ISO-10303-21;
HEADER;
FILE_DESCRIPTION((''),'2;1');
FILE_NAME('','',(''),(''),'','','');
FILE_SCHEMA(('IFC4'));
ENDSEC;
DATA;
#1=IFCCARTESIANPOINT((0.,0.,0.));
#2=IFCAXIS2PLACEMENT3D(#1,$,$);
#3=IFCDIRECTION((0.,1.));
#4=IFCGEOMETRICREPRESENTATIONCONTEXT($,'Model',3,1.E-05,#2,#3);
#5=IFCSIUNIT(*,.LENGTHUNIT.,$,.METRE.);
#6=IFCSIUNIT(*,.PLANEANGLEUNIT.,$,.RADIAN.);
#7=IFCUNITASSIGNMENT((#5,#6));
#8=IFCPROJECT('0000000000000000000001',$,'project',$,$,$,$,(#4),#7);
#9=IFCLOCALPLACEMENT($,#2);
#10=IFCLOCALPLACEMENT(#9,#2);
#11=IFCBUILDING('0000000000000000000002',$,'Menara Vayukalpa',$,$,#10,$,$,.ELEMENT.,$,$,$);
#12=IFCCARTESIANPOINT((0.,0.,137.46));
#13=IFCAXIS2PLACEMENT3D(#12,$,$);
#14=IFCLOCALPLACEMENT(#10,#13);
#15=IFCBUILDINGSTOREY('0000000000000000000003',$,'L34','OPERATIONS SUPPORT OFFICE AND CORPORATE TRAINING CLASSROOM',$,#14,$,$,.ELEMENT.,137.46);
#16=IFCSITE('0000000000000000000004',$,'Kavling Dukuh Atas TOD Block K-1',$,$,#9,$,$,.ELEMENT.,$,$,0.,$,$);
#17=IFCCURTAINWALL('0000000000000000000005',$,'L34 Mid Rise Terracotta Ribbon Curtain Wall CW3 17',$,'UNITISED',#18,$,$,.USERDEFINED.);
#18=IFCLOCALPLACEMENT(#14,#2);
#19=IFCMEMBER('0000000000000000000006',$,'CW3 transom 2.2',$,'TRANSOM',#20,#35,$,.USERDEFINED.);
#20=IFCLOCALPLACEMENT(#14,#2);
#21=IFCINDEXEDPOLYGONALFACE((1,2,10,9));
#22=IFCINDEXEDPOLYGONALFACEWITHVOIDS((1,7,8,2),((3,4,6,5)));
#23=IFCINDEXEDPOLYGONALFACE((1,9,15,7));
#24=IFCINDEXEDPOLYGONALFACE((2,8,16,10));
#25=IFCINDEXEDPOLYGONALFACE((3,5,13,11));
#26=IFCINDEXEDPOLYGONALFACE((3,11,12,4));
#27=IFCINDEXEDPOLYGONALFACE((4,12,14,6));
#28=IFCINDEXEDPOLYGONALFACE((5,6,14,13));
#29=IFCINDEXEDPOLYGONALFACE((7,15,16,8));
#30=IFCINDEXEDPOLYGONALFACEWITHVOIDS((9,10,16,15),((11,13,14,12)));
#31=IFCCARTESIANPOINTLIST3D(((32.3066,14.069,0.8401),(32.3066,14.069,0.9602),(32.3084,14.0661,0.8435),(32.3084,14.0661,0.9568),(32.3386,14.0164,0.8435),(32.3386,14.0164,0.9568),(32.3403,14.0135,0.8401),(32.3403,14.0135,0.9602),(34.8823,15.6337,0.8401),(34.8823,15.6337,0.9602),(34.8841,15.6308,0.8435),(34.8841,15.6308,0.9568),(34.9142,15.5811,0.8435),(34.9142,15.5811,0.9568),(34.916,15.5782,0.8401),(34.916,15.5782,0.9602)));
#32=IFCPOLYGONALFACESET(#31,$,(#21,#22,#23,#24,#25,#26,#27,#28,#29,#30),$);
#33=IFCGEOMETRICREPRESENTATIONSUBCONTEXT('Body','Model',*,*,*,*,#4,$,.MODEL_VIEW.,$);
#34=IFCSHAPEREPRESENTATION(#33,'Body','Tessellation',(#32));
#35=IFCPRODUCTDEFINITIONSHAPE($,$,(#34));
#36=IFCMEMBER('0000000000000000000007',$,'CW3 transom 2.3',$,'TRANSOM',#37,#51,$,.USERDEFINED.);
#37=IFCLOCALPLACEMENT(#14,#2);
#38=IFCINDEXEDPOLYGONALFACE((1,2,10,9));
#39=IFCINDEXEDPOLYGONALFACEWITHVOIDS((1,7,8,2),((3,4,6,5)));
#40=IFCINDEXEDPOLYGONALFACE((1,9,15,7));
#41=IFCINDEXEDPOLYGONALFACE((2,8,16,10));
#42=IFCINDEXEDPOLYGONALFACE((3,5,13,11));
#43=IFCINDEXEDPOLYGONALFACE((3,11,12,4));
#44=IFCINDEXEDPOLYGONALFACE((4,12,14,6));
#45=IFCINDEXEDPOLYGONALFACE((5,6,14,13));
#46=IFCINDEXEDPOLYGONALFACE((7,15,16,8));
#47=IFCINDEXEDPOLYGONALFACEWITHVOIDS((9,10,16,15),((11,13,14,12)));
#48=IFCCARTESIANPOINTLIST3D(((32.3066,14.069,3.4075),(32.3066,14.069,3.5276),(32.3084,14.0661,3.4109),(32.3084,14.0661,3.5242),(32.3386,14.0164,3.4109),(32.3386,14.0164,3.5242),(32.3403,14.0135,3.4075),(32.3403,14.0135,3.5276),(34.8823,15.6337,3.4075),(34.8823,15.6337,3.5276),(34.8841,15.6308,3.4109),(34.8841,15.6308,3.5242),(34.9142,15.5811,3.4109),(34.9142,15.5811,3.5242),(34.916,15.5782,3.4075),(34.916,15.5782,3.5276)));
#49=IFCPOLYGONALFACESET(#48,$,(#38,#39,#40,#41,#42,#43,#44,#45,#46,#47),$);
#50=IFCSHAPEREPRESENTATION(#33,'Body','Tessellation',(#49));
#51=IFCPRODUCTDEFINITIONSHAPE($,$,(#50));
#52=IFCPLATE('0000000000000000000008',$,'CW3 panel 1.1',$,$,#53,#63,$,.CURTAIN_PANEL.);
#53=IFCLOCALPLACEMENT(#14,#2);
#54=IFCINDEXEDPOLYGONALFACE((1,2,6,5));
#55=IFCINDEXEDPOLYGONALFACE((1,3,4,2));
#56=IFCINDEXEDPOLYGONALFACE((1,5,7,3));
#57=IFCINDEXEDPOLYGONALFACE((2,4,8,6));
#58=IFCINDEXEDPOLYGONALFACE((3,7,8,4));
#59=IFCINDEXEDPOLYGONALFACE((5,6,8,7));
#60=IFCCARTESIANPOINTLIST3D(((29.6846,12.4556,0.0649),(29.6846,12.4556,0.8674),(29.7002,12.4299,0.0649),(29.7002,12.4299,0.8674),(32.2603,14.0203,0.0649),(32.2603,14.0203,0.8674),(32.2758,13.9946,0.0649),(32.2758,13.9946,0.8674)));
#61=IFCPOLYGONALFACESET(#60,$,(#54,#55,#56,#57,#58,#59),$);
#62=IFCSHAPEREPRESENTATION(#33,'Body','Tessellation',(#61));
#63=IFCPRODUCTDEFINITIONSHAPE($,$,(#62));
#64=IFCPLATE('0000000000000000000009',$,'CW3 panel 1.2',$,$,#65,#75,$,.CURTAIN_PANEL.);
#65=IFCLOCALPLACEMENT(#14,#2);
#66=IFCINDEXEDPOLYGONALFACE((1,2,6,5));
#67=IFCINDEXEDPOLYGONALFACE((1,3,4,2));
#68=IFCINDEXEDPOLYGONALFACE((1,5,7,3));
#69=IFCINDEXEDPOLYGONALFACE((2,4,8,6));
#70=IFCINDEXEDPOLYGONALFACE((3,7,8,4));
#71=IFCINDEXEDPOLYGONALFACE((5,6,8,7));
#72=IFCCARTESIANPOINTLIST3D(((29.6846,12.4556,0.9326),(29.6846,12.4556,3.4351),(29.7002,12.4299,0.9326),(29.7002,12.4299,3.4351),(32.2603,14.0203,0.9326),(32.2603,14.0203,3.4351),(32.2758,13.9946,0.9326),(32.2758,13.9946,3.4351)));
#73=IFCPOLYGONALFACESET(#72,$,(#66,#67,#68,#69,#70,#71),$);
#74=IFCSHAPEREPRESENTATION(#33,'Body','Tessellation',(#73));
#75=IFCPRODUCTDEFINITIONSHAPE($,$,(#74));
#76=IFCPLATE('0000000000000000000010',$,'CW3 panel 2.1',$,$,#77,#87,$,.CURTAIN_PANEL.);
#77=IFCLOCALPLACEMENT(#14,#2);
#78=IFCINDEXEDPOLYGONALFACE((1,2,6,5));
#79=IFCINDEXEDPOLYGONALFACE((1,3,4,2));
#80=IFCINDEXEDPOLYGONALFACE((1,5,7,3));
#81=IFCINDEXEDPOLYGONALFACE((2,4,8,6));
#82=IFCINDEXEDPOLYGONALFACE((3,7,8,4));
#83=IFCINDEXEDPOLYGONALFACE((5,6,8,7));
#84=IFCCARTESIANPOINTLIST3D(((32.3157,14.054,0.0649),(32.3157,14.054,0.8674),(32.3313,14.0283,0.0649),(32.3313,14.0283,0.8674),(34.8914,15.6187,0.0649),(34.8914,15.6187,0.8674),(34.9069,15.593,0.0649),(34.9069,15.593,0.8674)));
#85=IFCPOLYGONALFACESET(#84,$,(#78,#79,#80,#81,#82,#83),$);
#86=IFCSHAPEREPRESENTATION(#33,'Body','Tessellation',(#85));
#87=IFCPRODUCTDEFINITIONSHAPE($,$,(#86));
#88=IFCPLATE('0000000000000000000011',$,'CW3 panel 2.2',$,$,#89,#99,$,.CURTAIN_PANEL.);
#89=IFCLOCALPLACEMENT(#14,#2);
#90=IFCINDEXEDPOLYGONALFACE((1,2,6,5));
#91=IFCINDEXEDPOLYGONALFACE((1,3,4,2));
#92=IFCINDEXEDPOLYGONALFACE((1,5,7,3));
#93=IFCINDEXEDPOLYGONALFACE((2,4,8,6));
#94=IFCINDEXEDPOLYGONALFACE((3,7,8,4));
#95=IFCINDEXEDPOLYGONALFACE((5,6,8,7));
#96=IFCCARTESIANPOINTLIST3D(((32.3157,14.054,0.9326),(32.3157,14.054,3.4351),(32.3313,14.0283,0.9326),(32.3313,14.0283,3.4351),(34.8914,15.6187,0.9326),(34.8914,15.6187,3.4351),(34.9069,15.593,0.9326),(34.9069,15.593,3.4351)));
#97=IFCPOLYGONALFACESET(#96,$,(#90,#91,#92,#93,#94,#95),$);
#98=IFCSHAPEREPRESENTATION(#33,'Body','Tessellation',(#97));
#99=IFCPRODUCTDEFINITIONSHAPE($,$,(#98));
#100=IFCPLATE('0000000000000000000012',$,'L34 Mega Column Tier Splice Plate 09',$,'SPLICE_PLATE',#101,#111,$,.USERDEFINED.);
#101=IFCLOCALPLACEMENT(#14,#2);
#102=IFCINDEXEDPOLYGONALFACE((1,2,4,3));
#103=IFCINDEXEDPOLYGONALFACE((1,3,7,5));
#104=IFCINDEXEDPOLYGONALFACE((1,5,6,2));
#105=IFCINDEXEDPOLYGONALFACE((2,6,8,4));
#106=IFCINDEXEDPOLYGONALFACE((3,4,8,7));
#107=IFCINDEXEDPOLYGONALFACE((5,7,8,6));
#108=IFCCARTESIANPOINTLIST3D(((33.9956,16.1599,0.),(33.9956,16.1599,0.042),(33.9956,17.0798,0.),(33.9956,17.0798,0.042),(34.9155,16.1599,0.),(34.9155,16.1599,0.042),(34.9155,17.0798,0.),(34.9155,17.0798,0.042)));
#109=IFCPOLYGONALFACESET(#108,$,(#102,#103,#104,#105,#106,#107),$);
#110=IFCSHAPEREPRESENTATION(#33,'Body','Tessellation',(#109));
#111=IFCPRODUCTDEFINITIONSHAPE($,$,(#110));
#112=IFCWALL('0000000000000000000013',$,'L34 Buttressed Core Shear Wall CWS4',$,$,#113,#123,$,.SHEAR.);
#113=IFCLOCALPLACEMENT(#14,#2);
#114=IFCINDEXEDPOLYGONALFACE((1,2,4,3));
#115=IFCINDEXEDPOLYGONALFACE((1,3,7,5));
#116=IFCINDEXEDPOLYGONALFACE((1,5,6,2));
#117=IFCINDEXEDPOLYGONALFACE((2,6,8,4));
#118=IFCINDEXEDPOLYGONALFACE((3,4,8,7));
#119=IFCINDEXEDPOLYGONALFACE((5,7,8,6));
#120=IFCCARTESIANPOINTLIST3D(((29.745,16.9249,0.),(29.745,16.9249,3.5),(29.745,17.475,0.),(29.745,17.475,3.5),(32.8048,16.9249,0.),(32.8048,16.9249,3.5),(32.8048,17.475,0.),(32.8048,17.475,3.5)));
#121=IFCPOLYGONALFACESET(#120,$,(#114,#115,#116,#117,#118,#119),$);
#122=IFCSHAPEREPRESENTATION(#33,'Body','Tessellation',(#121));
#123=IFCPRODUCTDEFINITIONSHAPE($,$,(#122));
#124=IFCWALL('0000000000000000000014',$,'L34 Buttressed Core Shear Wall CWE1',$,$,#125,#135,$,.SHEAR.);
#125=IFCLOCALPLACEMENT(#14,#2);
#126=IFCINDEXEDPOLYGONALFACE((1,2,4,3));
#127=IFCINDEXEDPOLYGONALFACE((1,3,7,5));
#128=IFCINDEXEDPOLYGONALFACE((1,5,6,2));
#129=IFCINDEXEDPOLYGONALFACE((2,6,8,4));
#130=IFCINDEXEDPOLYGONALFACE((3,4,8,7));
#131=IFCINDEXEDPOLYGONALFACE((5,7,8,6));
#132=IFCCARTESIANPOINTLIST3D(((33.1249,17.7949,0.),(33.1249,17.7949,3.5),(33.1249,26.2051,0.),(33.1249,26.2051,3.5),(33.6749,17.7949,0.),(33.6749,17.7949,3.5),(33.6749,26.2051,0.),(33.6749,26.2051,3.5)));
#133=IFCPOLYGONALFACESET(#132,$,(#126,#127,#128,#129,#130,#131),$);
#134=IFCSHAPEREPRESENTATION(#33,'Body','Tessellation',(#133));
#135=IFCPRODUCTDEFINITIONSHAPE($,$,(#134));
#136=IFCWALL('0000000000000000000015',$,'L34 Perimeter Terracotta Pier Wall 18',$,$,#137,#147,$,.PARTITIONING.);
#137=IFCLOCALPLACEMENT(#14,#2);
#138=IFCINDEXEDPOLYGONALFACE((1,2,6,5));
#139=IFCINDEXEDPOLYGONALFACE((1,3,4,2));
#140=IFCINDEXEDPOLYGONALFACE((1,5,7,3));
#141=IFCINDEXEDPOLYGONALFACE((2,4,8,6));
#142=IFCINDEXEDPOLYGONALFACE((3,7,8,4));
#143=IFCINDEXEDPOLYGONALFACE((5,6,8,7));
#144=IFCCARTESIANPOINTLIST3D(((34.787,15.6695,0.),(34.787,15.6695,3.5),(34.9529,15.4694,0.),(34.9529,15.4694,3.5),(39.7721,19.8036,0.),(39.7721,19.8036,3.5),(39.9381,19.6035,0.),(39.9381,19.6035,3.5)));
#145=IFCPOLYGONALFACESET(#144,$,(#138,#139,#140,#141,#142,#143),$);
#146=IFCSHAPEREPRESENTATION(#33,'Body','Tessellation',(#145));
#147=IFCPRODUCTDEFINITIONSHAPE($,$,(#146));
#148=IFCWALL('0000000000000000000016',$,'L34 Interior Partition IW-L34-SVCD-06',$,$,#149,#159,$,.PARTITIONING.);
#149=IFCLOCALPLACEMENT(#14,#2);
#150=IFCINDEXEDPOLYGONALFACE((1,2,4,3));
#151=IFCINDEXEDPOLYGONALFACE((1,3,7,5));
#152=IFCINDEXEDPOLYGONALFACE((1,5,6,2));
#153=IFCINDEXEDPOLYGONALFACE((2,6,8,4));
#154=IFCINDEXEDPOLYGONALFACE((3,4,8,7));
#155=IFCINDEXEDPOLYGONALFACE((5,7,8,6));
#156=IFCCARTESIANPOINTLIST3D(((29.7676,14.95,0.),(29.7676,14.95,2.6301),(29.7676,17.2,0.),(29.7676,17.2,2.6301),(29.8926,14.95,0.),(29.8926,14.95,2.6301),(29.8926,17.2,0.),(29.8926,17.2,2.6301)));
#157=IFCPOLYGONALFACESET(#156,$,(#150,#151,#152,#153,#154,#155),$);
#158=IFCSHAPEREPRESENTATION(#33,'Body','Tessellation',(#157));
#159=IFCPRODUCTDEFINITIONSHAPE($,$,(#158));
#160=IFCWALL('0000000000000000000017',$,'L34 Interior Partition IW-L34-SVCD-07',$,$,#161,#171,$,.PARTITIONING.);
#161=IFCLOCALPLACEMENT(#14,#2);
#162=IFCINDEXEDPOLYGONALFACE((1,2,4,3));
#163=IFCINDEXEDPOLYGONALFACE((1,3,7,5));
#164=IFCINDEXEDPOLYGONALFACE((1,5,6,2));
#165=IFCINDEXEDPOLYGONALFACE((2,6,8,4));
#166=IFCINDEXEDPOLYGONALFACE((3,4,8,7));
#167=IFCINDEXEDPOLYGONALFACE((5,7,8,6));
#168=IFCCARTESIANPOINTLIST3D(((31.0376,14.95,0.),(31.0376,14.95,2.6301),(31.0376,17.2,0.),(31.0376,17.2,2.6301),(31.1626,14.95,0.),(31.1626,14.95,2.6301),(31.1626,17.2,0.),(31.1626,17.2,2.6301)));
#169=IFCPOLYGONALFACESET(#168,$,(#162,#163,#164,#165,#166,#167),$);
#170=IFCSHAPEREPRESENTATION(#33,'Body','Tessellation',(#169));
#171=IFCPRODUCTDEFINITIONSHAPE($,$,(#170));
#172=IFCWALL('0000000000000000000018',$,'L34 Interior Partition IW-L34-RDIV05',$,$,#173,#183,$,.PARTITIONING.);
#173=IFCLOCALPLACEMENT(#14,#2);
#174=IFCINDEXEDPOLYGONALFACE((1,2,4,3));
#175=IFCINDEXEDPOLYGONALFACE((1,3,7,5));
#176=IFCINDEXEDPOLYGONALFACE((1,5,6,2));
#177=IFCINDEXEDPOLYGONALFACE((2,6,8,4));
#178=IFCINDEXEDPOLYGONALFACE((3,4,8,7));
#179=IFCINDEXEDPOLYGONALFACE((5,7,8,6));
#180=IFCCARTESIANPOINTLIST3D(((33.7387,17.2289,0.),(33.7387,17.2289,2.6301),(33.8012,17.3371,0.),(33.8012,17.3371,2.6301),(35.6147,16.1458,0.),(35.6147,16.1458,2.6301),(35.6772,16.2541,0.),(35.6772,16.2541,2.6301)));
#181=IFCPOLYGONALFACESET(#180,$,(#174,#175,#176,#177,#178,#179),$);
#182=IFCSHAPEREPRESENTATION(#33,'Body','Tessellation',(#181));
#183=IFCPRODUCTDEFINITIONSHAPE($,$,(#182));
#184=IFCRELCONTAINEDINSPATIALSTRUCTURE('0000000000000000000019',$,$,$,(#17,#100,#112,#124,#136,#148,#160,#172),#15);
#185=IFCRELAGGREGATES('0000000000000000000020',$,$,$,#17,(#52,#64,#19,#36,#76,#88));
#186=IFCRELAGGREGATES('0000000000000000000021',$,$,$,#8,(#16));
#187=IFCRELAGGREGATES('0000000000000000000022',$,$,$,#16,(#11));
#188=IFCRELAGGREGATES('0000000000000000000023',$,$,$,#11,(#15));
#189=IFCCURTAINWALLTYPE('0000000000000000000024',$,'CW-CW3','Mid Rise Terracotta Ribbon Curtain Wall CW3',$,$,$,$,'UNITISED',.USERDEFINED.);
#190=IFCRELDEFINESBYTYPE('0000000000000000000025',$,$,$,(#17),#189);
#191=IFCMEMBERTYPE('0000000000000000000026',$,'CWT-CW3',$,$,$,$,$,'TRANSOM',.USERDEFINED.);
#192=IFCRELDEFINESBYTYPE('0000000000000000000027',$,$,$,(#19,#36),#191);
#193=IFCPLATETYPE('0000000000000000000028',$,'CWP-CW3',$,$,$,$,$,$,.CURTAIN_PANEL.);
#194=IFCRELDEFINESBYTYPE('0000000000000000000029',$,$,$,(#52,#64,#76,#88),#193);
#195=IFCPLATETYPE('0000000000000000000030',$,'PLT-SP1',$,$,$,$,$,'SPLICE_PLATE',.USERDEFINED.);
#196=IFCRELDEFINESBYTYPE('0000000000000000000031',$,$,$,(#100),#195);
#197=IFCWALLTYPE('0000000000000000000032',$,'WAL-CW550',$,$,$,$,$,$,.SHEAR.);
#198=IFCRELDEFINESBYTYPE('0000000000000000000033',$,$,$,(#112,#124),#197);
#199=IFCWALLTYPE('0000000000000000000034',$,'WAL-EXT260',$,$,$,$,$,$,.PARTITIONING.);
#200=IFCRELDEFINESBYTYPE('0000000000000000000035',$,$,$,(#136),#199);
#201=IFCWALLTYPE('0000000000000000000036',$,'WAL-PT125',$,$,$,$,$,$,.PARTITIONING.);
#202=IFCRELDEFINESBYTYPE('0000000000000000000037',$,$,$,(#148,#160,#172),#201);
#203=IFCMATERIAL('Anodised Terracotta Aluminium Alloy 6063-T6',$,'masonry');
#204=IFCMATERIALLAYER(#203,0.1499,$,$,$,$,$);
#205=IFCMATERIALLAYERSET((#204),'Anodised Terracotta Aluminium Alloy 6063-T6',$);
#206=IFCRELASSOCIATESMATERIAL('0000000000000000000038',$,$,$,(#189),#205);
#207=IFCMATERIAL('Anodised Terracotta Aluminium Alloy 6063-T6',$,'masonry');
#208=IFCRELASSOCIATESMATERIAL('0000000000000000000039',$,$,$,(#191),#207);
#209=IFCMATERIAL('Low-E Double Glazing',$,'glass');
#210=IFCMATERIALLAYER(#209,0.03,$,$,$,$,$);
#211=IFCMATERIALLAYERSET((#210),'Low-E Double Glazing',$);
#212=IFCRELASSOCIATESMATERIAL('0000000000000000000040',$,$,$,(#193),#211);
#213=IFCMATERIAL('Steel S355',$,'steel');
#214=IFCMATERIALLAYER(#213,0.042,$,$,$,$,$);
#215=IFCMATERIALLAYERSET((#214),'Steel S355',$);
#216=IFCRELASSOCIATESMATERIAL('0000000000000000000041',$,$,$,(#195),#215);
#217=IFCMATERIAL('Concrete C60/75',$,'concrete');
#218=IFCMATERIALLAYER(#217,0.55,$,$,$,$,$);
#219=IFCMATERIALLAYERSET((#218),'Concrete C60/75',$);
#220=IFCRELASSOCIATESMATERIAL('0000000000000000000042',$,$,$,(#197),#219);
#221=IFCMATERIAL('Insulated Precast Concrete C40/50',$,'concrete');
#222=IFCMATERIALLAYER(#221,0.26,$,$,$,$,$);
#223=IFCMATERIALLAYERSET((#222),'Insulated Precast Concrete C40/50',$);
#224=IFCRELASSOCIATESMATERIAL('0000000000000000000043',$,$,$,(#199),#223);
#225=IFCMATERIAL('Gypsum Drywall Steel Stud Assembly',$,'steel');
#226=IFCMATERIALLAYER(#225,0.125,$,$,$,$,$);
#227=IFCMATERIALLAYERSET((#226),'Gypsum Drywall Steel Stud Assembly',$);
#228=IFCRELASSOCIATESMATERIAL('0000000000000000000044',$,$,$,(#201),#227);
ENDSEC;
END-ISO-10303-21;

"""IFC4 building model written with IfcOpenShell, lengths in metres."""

from ifc_helpers import new_model, si_unit, direction, frame, frame_2d, origin, origin_2d, place, context, subcontext, project, spatial, rectangle, hollow_rectangle, extrude, material, layer, layer_set, material_profile, profile_set, type_object, element, aggregate, save


model = new_model("IFC4")

# Units and contexts
model_context = context("Model", 3, precision=1e-05, world=origin(), true_north=direction((0.0, 1.0)))
body_context = subcontext(model_context, "Body", "Model", "MODEL_VIEW")
ifc_project = project(units=[si_unit("LENGTHUNIT", "METRE"), si_unit("PLANEANGLEUNIT", "RADIAN")], contexts=[model_context])

# Site, building, storey
site_placement = place(None, origin())
site = spatial("IfcSite", under=ifc_project, at=site_placement, Name="Kavling Dukuh Atas TOD Block K-1", CompositionType="ELEMENT", RefElevation=0.0)
building_placement = place(site_placement, origin())
building = spatial("IfcBuilding", under=site, at=building_placement, Name="Menara Vayukalpa", CompositionType="ELEMENT")
storey_placement = place(building_placement, frame((0.0, 0.0, 137.46)))
storey = spatial("IfcBuildingStorey", under=building, at=storey_placement, Name="L34", Description="OPERATIONS SUPPORT OFFICE AND CORPORATE TRAINING CLASSROOM", CompositionType="ELEMENT", Elevation=137.46)

# Curtain wall, members, plates
ifc_material_1 = material(Name="Anodised Terracotta Aluminium Alloy 6063-T6", Category="masonry")
ifc_layer_1 = layer(ifc_material_1, 0.1499)
ifc_layer_set_1 = layer_set([ifc_layer_1], Name="Anodised Terracotta Aluminium Alloy 6063-T6")
curtain_wall_type = type_object("IfcCurtainWallType", Name="CW-CW3", Description="Mid Rise Terracotta Ribbon Curtain Wall CW3", ElementType="UNITISED", PredefinedType="USERDEFINED", material=ifc_layer_set_1)
curtain_wall_placement = place(storey_placement, origin())
curtain_wall = element("IfcCurtainWall", 1, at=curtain_wall_placement, inside=storey, type_object=curtain_wall_type, Name="L34 Mid Rise Terracotta Ribbon Curtain Wall CW3 17", ObjectType="UNITISED", PredefinedType="USERDEFINED")
ifc_material_2 = material(Name="Anodised Terracotta Aluminium Alloy 6063-T6", Category="masonry")
ifc_material_profile_1 = material_profile(ifc_material_2, hollow_rectangle(XDim=0.0649, YDim=0.1201, WallThickness=0.0034, at=origin_2d()), Name="ALU 65x120x3.5")
ifc_profile_set_1 = profile_set([ifc_material_profile_1], Name="Anodised Terracotta Aluminium Alloy 6063-T6")
member_type_1 = type_object("IfcMemberType", Name="CWT-CW3", ElementType="TRANSOM", PredefinedType="USERDEFINED", material=ifc_profile_set_1)
member_1_placement = place(storey_placement, frame((32.3235, 14.0413, 0.9001), z_axis=(0.854657, 0.519194, 0.0), x_axis=(-0.519194, 0.854657, 0.0)))
member_1 = element("IfcMember", 2, at=member_1_placement, type_object=member_type_1, Name="CW3 transom 2.2", ObjectType="TRANSOM", PredefinedType="USERDEFINED", context=body_context, shape_type="SweptSolid", body=[
    extrude(hollow_rectangle(XDim=0.0649, YDim=0.1201, WallThickness=0.0034, at=origin_2d()), origin(), (0.0, 0.0, 1.0), 3.0137),
])
member_2_placement = place(storey_placement, frame((32.3235, 14.0413, 3.4675), z_axis=(0.854657, 0.519194, 0.0), x_axis=(-0.519194, 0.854657, 0.0)))
member_2 = element("IfcMember", 3, at=member_2_placement, type_object=member_type_1, Name="CW3 transom 2.3", ObjectType="TRANSOM", PredefinedType="USERDEFINED", context=body_context, shape_type="SweptSolid", body=[
    extrude(hollow_rectangle(XDim=0.0649, YDim=0.1201, WallThickness=0.0034, at=origin_2d()), origin(), (0.0, 0.0, 1.0), 3.0137),
])
ifc_material_3 = material(Name="Low-E Double Glazing", Category="glass")
ifc_layer_2 = layer(ifc_material_3, 0.03)
ifc_layer_set_2 = layer_set([ifc_layer_2], Name="Low-E Double Glazing")
plate_type_1 = type_object("IfcPlateType", Name="CWP-CW3", PredefinedType="CURTAIN_PANEL", material=ifc_layer_set_2)
plate_1_placement = place(storey_placement, frame((30.9802, 13.2251, 0.0649), z_axis=(0.0, 0.0, 1.0), x_axis=(0.854655, 0.519196, 0.0)))
plate_1 = element("IfcPlate", 4, at=plate_1_placement, type_object=plate_type_1, Name="CW3 panel 1.1", PredefinedType="CURTAIN_PANEL", context=body_context, shape_type="SweptSolid", body=[
    extrude(rectangle(XDim=3.0137, YDim=0.03, at=origin_2d()), origin(), (0.0, 0.0, 1.0), 0.8025),
])
plate_2_placement = place(storey_placement, frame((30.9802, 13.2251, 0.9326), z_axis=(0.0, 0.0, 1.0), x_axis=(0.854655, 0.519196, 0.0)))
plate_2 = element("IfcPlate", 5, at=plate_2_placement, type_object=plate_type_1, Name="CW3 panel 1.2", PredefinedType="CURTAIN_PANEL", context=body_context, shape_type="SweptSolid", body=[
    extrude(rectangle(XDim=3.0137, YDim=0.03, at=origin_2d()), origin(), (0.0, 0.0, 1.0), 2.5024),
])
plate_3_placement = place(storey_placement, frame((33.6113, 14.8235, 0.0649), z_axis=(0.0, 0.0, 1.0), x_axis=(0.854655, 0.519196, 0.0)))
plate_3 = element("IfcPlate", 6, at=plate_3_placement, type_object=plate_type_1, Name="CW3 panel 2.1", PredefinedType="CURTAIN_PANEL", context=body_context, shape_type="SweptSolid", body=[
    extrude(rectangle(XDim=3.0137, YDim=0.03, at=origin_2d()), origin(), (0.0, 0.0, 1.0), 0.8025),
])
plate_4_placement = place(storey_placement, frame((33.6113, 14.8235, 0.9326), z_axis=(0.0, 0.0, 1.0), x_axis=(0.854655, 0.519196, 0.0)))
plate_4 = element("IfcPlate", 7, at=plate_4_placement, type_object=plate_type_1, Name="CW3 panel 2.2", PredefinedType="CURTAIN_PANEL", context=body_context, shape_type="SweptSolid", body=[
    extrude(rectangle(XDim=3.0137, YDim=0.03, at=origin_2d()), origin(), (0.0, 0.0, 1.0), 2.5024),
])
aggregate(curtain_wall, [plate_1, plate_2, member_1, member_2, plate_3, plate_4])

# Plate
ifc_material_4 = material(Name="Steel S355", Category="steel")
ifc_layer_3 = layer(ifc_material_4, 0.042)
ifc_layer_set_3 = layer_set([ifc_layer_3], Name="Steel S355")
plate_type_2 = type_object("IfcPlateType", Name="PLT-SP1", ElementType="SPLICE_PLATE", PredefinedType="USERDEFINED", material=ifc_layer_set_3)
plate_5_placement = place(storey_placement, frame((34.4556, 16.6199, 0.0), z_axis=(0.0, 0.0, 1.0), x_axis=(1.0, 0.0, 0.0)))
element("IfcPlate", 8, at=plate_5_placement, inside=storey, type_object=plate_type_2, Name="L34 Mega Column Tier Splice Plate 09", ObjectType="SPLICE_PLATE", PredefinedType="USERDEFINED", context=body_context, shape_type="SweptSolid", body=[
    extrude(rectangle(XDim=0.9199, YDim=0.9199, at=origin_2d()), origin(), (0.0, 0.0, 1.0), 0.042),
])

# Walls
ifc_material_5 = material(Name="Concrete C60/75", Category="concrete")
ifc_layer_4 = layer(ifc_material_5, 0.55)
ifc_layer_set_4 = layer_set([ifc_layer_4], Name="Concrete C60/75")
wall_type_1 = type_object("IfcWallType", Name="WAL-CW550", PredefinedType="SHEAR", material=ifc_layer_set_4)
wall_1_placement = place(storey_placement, frame((29.7451, 17.2, 0.0), z_axis=(0.0, 0.0, 1.0), x_axis=(1.0, 0.0, 0.0)))
element("IfcWall", 9, at=wall_1_placement, inside=storey, type_object=wall_type_1, Name="L34 Buttressed Core Shear Wall CWS4", PredefinedType="SHEAR", context=body_context, shape_type="SweptSolid", body=[
    extrude(rectangle(XDim=3.0598, YDim=0.55, at=frame_2d((1.5298, 0.0))), origin(), (0.0, 0.0, 1.0), 3.5),
])
wall_2_placement = place(storey_placement, frame((33.3999, 17.7949, 0.0), z_axis=(0.0, 0.0, 1.0), x_axis=(0.0, 1.0, 0.0)))
element("IfcWall", 10, at=wall_2_placement, inside=storey, type_object=wall_type_1, Name="L34 Buttressed Core Shear Wall CWE1", PredefinedType="SHEAR", context=body_context, shape_type="SweptSolid", body=[
    extrude(rectangle(XDim=8.4102, YDim=0.55, at=frame_2d((4.2051, 0.0))), origin(), (0.0, 0.0, 1.0), 3.5),
])
ifc_material_6 = material(Name="Insulated Precast Concrete C40/50", Category="concrete")
ifc_layer_5 = layer(ifc_material_6, 0.26)
ifc_layer_set_5 = layer_set([ifc_layer_5], Name="Insulated Precast Concrete C40/50")
wall_type_2 = type_object("IfcWallType", Name="WAL-EXT260", PredefinedType="PARTITIONING", material=ifc_layer_set_5)
wall_3_placement = place(storey_placement, frame((39.8552, 19.7036, 0.0), z_axis=(0.0, 0.0, 1.0), x_axis=(-0.769755, -0.63834, 0.0)))
element("IfcWall", 11, at=wall_3_placement, inside=storey, type_object=wall_type_2, Name="L34 Perimeter Terracotta Pier Wall 18", PredefinedType="PARTITIONING", context=body_context, shape_type="SweptSolid", body=[
    extrude(rectangle(XDim=6.4763, YDim=0.26, at=frame_2d((3.2383, 0.0))), origin(), (0.0, 0.0, 1.0), 3.5),
])
ifc_material_7 = material(Name="Gypsum Drywall Steel Stud Assembly", Category="steel")
ifc_layer_6 = layer(ifc_material_7, 0.125)
ifc_layer_set_6 = layer_set([ifc_layer_6], Name="Gypsum Drywall Steel Stud Assembly")
wall_type_3 = type_object("IfcWallType", Name="WAL-PT125", PredefinedType="PARTITIONING", material=ifc_layer_set_6)
for number, where, z_axis, x_axis, name in (
    (12, (29.8301, 14.95, 0.0), (0.0, 0.0, 1.0), (0.0, 1.0, 0.0), "L34 Interior Partition IW-L34-SVCD-06"),
    (13, (31.1001, 14.95, 0.0), (0.0, 0.0, 1.0), (0.0, 1.0, 0.0), "L34 Interior Partition IW-L34-SVCD-07"),
):
    element("IfcWall", number, at=place(storey_placement, frame(where, z_axis=z_axis, x_axis=x_axis)), inside=storey, type_object=wall_type_3, Name=name, PredefinedType="PARTITIONING", context=body_context, shape_type="SweptSolid", body=[
        extrude(rectangle(XDim=2.25, YDim=0.125, at=frame_2d((1.125, 0.0))), origin(), (0.0, 0.0, 1.0), 2.6301),
    ])
wall_4_placement = place(storey_placement, frame((33.77, 17.283, 0.0), z_axis=(0.0, 0.0, 1.0), x_axis=(0.866043, -0.49997, 0.0)))
element("IfcWall", 14, at=wall_4_placement, inside=storey, type_object=wall_type_3, Name="L34 Interior Partition IW-L34-RDIV05", PredefinedType="PARTITIONING", context=body_context, shape_type="SweptSolid", body=[
    extrude(rectangle(XDim=2.1663, YDim=0.125, at=frame_2d((1.083, 0.0))), origin(), (0.0, 0.0, 1.0), 2.6301),
])

save(model, "model.ifc")
